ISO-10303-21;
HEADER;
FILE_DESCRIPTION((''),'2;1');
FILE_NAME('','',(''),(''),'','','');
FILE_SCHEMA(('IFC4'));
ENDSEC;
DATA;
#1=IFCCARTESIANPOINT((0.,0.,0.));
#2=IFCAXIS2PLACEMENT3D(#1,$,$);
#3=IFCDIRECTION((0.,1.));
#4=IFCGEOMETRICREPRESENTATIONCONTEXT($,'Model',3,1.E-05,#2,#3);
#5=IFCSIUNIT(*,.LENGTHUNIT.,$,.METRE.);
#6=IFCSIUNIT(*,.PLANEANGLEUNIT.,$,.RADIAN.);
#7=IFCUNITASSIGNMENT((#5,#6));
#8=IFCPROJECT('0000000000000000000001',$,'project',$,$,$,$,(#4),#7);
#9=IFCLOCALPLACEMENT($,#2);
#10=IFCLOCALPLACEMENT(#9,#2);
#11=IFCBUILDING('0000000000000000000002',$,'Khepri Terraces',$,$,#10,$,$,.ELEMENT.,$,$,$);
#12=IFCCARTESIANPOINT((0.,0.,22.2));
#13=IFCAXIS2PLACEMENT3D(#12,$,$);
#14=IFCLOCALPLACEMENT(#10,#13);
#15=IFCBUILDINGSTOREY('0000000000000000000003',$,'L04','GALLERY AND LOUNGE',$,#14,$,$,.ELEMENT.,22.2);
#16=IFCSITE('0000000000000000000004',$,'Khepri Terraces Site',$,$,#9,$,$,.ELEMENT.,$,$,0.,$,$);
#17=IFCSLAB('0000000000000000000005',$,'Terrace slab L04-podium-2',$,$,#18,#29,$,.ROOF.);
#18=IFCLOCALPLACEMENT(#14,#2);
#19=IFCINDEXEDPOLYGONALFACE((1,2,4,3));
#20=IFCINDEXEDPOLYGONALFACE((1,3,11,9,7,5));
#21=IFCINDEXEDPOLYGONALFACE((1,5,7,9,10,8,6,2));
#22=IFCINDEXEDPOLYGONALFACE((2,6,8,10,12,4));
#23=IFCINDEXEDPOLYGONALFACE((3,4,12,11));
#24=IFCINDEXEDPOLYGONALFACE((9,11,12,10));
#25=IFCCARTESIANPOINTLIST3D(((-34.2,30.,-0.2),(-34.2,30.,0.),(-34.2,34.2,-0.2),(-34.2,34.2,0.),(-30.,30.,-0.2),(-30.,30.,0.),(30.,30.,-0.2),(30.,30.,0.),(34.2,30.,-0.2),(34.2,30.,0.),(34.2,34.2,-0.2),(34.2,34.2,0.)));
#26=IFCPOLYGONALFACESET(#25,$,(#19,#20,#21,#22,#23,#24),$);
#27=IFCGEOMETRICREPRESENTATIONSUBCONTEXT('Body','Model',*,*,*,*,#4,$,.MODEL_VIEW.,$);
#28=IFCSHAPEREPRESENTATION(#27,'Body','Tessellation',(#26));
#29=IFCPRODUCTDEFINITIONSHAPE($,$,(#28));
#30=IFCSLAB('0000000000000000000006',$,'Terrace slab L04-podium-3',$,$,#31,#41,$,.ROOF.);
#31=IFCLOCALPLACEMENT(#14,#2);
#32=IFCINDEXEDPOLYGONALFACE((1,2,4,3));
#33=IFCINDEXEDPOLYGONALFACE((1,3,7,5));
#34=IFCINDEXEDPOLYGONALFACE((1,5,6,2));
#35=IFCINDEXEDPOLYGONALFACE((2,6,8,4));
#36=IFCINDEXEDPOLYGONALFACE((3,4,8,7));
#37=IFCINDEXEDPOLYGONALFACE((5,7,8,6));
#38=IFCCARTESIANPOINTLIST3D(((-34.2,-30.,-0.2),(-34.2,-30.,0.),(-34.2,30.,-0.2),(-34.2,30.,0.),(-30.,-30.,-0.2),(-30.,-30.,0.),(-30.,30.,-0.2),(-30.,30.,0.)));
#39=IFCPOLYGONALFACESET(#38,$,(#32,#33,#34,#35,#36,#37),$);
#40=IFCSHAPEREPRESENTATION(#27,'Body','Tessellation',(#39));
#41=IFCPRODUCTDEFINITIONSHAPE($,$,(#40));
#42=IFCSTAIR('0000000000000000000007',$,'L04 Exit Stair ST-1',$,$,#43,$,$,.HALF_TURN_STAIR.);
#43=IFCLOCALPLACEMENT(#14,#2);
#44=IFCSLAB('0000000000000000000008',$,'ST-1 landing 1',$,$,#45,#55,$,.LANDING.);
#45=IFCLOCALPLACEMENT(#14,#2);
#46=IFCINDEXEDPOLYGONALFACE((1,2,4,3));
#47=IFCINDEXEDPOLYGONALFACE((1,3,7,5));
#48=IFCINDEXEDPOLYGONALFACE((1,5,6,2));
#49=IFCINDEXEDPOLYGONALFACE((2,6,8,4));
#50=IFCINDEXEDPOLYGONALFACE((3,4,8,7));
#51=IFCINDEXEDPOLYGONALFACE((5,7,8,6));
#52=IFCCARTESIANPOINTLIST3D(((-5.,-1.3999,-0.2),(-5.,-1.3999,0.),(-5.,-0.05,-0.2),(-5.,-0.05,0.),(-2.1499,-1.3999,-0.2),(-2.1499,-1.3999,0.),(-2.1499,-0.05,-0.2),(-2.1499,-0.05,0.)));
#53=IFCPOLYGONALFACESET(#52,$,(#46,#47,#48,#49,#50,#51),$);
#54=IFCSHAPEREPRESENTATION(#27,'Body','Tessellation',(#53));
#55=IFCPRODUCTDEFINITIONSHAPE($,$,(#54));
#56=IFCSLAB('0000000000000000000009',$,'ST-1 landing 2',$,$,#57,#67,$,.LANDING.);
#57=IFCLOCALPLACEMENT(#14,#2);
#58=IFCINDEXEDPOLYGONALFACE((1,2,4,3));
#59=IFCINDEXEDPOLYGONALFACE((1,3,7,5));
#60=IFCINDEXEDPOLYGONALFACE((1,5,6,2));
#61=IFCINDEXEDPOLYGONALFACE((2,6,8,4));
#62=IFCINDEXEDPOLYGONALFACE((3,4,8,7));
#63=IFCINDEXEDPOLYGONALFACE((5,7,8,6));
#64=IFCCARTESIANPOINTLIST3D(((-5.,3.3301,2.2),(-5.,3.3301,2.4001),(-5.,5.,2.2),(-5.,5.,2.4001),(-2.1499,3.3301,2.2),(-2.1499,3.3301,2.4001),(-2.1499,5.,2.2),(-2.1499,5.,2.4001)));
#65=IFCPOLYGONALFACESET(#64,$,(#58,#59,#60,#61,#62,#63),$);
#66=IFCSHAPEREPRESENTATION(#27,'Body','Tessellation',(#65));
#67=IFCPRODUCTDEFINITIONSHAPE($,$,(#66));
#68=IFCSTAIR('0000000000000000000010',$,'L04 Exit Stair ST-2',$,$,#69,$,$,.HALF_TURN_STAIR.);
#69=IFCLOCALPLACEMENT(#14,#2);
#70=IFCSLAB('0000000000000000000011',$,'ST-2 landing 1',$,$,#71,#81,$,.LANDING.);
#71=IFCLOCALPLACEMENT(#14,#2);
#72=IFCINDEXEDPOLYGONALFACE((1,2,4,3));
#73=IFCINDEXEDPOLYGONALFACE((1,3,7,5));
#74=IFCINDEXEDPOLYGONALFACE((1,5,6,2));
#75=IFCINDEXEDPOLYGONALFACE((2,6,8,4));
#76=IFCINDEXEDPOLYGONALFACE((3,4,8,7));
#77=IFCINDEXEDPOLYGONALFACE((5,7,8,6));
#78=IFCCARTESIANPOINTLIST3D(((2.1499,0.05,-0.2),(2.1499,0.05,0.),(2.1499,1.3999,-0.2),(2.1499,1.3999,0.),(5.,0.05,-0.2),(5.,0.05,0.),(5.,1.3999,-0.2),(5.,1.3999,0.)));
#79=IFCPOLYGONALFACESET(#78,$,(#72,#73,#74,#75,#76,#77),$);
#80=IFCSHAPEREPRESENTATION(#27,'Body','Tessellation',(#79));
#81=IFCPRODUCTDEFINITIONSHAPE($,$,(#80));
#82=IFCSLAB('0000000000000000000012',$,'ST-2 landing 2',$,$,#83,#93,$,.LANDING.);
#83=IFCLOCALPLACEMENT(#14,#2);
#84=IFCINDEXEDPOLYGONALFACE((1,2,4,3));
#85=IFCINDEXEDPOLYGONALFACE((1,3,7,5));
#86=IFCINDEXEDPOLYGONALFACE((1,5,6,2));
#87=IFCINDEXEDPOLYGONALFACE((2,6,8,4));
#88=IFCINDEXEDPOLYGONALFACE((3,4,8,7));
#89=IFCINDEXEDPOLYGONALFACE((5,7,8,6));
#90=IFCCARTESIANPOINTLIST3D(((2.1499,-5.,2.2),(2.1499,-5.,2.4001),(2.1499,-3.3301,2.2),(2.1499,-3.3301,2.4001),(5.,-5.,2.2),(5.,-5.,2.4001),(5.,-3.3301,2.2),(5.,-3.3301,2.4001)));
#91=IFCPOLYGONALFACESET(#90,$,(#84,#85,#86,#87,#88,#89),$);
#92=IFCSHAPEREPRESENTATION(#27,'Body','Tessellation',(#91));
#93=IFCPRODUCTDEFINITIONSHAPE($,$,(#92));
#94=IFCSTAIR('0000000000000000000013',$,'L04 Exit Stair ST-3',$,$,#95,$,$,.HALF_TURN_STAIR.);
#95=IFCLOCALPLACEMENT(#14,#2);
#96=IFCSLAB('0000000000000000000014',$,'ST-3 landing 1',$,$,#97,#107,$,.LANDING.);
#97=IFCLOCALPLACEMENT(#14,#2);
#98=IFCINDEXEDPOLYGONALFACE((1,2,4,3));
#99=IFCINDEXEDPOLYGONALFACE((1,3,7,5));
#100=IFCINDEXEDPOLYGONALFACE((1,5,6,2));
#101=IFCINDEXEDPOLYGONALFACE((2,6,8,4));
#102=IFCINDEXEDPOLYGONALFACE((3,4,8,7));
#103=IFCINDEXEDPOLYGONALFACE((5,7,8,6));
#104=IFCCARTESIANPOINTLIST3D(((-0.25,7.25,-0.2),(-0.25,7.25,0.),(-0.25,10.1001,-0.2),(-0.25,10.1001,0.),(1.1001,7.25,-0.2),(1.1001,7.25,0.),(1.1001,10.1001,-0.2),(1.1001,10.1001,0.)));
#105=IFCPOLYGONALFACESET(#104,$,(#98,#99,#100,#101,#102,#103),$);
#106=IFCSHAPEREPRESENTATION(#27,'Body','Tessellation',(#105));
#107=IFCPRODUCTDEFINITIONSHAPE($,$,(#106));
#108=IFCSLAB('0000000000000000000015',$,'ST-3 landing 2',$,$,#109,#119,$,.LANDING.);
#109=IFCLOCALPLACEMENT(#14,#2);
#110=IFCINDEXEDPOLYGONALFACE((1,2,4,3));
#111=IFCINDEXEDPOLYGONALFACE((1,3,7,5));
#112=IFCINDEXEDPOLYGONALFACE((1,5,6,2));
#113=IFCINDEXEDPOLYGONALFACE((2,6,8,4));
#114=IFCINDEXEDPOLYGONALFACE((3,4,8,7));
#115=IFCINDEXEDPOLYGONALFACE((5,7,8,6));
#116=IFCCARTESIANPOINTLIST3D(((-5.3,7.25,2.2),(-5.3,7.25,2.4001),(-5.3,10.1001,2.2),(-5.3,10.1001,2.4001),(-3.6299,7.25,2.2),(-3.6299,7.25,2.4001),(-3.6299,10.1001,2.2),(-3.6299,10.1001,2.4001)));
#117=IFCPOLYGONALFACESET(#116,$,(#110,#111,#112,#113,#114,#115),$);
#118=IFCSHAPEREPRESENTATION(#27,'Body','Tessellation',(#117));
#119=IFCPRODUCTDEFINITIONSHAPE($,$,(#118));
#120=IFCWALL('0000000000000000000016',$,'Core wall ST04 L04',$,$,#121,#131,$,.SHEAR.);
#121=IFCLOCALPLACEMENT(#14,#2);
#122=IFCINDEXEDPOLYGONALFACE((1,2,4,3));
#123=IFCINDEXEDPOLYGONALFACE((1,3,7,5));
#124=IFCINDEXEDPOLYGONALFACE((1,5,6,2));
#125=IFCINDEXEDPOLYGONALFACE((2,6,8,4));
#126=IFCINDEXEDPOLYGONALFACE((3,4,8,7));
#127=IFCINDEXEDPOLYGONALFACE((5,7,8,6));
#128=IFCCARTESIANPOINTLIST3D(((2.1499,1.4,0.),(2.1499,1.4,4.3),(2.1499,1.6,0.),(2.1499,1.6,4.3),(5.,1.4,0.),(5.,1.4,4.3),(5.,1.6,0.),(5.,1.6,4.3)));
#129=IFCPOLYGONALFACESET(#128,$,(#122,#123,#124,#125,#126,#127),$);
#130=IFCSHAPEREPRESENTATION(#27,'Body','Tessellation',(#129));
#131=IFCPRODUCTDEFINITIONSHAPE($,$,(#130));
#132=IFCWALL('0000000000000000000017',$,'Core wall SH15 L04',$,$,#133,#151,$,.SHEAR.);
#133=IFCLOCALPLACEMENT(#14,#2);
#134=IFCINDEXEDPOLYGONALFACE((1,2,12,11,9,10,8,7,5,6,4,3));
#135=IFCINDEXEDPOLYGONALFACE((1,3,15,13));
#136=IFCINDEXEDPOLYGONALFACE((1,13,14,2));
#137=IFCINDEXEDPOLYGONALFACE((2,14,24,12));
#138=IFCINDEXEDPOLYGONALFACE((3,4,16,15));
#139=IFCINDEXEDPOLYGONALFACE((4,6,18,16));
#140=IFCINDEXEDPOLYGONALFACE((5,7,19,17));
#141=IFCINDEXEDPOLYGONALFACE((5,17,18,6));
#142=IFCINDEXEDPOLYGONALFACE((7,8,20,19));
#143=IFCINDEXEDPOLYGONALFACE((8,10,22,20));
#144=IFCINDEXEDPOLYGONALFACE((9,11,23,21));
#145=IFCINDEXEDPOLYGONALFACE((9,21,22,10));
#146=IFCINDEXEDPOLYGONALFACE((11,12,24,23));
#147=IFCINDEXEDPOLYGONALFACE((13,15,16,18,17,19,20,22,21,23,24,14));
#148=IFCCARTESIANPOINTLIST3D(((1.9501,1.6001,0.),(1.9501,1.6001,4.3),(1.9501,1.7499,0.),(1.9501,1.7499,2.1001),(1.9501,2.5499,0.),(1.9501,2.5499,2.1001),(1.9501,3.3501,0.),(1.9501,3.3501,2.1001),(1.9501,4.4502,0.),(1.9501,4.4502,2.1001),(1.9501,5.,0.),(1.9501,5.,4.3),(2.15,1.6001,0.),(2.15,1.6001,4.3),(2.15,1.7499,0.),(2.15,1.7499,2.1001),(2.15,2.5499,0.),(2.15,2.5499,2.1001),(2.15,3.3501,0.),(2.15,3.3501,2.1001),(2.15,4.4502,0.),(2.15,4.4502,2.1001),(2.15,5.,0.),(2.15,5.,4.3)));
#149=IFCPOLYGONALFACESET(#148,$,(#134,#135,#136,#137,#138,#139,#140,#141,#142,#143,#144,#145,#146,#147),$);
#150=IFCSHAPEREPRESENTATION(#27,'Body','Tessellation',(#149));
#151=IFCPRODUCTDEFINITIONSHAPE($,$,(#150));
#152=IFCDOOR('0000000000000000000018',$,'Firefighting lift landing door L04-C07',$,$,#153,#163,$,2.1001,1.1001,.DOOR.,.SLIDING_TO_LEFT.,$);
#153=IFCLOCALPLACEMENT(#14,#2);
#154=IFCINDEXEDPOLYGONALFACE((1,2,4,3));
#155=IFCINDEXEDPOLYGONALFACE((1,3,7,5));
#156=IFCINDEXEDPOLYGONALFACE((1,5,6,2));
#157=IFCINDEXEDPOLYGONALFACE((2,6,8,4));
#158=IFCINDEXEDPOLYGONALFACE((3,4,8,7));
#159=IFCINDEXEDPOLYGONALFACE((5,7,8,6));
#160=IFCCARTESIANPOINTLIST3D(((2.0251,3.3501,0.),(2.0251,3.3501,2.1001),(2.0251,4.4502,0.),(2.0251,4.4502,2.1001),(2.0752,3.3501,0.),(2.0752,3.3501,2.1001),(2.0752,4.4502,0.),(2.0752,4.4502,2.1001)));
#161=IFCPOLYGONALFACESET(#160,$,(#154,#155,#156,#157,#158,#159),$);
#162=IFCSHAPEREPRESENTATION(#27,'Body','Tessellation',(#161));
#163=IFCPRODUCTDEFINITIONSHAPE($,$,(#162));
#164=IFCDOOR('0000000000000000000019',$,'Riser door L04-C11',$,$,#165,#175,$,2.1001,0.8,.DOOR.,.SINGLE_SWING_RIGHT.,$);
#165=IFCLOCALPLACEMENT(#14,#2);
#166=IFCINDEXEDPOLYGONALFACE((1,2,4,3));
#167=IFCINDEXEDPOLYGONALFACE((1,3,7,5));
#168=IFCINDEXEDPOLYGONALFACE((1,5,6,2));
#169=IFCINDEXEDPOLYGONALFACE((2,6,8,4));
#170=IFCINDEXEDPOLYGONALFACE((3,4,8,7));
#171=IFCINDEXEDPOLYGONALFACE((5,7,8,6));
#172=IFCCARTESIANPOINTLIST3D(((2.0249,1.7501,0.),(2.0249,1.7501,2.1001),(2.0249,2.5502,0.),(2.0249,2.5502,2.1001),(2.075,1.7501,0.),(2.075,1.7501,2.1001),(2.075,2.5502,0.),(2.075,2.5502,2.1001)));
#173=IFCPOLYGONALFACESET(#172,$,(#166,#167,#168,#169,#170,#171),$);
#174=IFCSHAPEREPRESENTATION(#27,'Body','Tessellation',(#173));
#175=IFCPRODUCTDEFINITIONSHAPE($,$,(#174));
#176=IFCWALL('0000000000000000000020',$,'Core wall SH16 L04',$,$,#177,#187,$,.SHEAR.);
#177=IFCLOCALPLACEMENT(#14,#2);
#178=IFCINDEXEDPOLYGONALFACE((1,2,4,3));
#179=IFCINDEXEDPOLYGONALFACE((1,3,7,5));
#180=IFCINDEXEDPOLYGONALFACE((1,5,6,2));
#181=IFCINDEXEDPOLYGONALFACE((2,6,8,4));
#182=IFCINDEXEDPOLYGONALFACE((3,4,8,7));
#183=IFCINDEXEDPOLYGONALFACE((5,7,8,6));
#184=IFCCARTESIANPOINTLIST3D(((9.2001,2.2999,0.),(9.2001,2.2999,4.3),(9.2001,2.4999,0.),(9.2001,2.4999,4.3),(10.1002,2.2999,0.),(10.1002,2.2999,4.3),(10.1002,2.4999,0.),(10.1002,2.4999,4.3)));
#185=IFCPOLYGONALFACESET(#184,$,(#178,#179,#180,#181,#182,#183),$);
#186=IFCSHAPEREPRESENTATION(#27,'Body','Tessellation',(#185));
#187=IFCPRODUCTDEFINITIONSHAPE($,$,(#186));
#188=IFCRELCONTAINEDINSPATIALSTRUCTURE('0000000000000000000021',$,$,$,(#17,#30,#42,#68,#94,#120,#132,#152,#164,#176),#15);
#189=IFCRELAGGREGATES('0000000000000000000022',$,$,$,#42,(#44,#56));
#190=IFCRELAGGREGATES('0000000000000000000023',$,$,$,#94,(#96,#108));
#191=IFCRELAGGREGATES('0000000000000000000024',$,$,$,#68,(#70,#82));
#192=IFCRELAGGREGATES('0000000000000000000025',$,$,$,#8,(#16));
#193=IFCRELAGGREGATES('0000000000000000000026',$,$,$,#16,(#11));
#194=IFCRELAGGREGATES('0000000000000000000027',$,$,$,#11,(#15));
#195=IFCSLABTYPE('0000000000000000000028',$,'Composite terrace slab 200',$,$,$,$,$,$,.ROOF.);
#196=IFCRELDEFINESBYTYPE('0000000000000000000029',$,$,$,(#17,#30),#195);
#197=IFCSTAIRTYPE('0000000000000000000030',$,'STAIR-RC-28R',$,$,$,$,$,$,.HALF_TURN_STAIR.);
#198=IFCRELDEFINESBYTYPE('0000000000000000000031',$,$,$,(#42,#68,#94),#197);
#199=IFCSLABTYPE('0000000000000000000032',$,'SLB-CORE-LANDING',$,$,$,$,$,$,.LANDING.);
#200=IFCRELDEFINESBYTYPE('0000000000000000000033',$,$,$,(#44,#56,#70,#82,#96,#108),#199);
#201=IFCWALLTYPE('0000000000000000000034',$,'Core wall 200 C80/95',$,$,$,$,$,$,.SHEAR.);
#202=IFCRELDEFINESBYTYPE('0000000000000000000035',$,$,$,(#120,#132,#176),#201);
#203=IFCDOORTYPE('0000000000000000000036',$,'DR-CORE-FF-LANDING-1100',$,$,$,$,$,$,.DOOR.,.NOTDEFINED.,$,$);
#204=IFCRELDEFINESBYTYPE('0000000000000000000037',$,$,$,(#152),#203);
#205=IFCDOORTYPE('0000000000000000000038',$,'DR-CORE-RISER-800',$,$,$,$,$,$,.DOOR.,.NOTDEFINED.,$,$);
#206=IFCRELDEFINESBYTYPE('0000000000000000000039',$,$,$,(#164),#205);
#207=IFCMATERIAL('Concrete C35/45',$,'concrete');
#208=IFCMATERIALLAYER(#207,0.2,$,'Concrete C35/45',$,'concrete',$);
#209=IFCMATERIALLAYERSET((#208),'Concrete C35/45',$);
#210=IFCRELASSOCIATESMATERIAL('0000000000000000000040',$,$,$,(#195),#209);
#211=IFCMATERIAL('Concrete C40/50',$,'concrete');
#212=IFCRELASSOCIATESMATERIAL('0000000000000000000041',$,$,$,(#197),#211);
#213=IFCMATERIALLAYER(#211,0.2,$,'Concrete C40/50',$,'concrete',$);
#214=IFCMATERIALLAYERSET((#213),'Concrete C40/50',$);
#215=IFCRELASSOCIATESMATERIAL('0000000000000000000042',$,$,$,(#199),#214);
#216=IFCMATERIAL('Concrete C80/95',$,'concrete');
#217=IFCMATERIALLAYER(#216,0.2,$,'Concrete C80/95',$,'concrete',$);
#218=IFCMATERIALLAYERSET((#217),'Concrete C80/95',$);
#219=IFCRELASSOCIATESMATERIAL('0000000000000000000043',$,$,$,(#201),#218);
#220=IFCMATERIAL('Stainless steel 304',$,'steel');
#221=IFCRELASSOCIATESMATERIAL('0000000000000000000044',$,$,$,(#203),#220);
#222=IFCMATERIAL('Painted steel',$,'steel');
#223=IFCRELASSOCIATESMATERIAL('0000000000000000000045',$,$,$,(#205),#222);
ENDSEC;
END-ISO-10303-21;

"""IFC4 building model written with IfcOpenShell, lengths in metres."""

from ifc_helpers import new_model, si_unit, direction, frame, frame_2d, origin, place, context, subcontext, project, spatial, polyline, rectangle, outline, extrude, material, layer, layer_set, type_object, element, fill, aggregate, save


model = new_model("IFC4")

# Units and contexts
model_context = context("Model", 3, precision=1e-05, world=origin(), true_north=direction((0.0, 1.0)))
body_context = subcontext(model_context, "Body", "Model", "MODEL_VIEW")
ifc_project = project(units=[si_unit("LENGTHUNIT", "METRE"), si_unit("PLANEANGLEUNIT", "RADIAN")], contexts=[model_context])

# Site, building, storey
site_placement = place(None, origin())
site = spatial("IfcSite", under=ifc_project, at=site_placement, Name="Khepri Terraces Site", CompositionType="ELEMENT", RefElevation=0.0)
building_placement = place(site_placement, origin())
building = spatial("IfcBuilding", under=site, at=building_placement, Name="Khepri Terraces", CompositionType="ELEMENT")
storey_placement = place(building_placement, frame((0.0, 0.0, 22.2)))
storey = spatial("IfcBuildingStorey", under=building, at=storey_placement, Name="L04", Description="GALLERY AND LOUNGE", CompositionType="ELEMENT", Elevation=22.2)

# Slabs
ifc_material_1 = material(Name="Concrete C35/45", Category="concrete")
ifc_layer_1 = layer(ifc_material_1, 0.2, Name="Concrete C35/45", Category="concrete")
ifc_layer_set_1 = layer_set([ifc_layer_1], Name="Concrete C35/45")
slab_type_1 = type_object("IfcSlabType", Name="Composite terrace slab 200", PredefinedType="ROOF", material=ifc_layer_set_1)
slab_1_placement = place(storey_placement, frame((0.0, 0.0, -0.2)))
element("IfcSlab", 1, at=slab_1_placement, inside=storey, type_object=slab_type_1, Name="Terrace slab L04-podium-2", PredefinedType="ROOF", context=body_context, shape_type="SweptSolid", body=[
    extrude(outline(polyline([(34.2, 34.2), (34.2, 30.0), (30.0, 30.0), (-30.0, 30.0), (-34.2, 30.0), (-34.2, 34.2), (34.2, 34.2)])), origin(), (0.0, 0.0, 1.0), 0.2),
])
slab_2_placement = place(storey_placement, frame((0.0, 0.0, -0.2)))
element("IfcSlab", 2, at=slab_2_placement, inside=storey, type_object=slab_type_1, Name="Terrace slab L04-podium-3", PredefinedType="ROOF", context=body_context, shape_type="SweptSolid", body=[
    extrude(outline(polyline([(-34.2, 30.0), (-30.0, 30.0), (-30.0, -30.0), (-34.2, -30.0), (-34.2, 30.0)])), origin(), (0.0, 0.0, 1.0), 0.2),
])

# Stairs, slabs
ifc_material_2 = material(Name="Concrete C40/50", Category="concrete")
stair_type = type_object("IfcStairType", Name="STAIR-RC-28R", PredefinedType="HALF_TURN_STAIR", material=ifc_material_2)
stair_1_placement = place(storey_placement, origin())
stair_1 = element("IfcStair", 3, at=stair_1_placement, inside=storey, type_object=stair_type, Name="L04 Exit Stair ST-1", PredefinedType="HALF_TURN_STAIR")
ifc_layer_2 = layer(ifc_material_2, 0.2, Name="Concrete C40/50", Category="concrete")
ifc_layer_set_2 = layer_set([ifc_layer_2], Name="Concrete C40/50")
slab_type_2 = type_object("IfcSlabType", Name="SLB-CORE-LANDING", PredefinedType="LANDING", material=ifc_layer_set_2)
slab_3_placement = place(storey_placement, frame((0.0, 0.0, -0.2)))
slab_3 = element("IfcSlab", 4, at=slab_3_placement, type_object=slab_type_2, Name="ST-1 landing 1", PredefinedType="LANDING", context=body_context, shape_type="SweptSolid", body=[
    extrude(outline(polyline([(-2.1499, -1.3999), (-2.1499, -0.05), (-5.0, -0.05), (-5.0, -1.3999), (-2.1499, -1.3999)])), origin(), (0.0, 0.0, 1.0), 0.2),
])
slab_4_placement = place(storey_placement, frame((0.0, 0.0, 2.2)))
slab_4 = element("IfcSlab", 5, at=slab_4_placement, type_object=slab_type_2, Name="ST-1 landing 2", PredefinedType="LANDING", context=body_context, shape_type="SweptSolid", body=[
    extrude(outline(polyline([(-2.1499, 3.3301), (-2.1499, 5.0), (-5.0, 5.0), (-5.0, 3.3301), (-2.1499, 3.3301)])), origin(), (0.0, 0.0, 1.0), 0.2002),
])
aggregate(stair_1, [slab_3, slab_4])
stair_2_placement = place(storey_placement, origin())
stair_2 = element("IfcStair", 6, at=stair_2_placement, inside=storey, type_object=stair_type, Name="L04 Exit Stair ST-2", PredefinedType="HALF_TURN_STAIR")
slab_5_placement = place(storey_placement, frame((0.0, 0.0, -0.2)))
slab_5 = element("IfcSlab", 7, at=slab_5_placement, type_object=slab_type_2, Name="ST-2 landing 1", PredefinedType="LANDING", context=body_context, shape_type="SweptSolid", body=[
    extrude(outline(polyline([(2.1499, 1.3999), (2.1499, 0.05), (5.0, 0.05), (5.0, 1.3999), (2.1499, 1.3999)])), origin(), (0.0, 0.0, 1.0), 0.2),
])
slab_6_placement = place(storey_placement, frame((0.0, 0.0, 2.2)))
slab_6 = element("IfcSlab", 8, at=slab_6_placement, type_object=slab_type_2, Name="ST-2 landing 2", PredefinedType="LANDING", context=body_context, shape_type="SweptSolid", body=[
    extrude(outline(polyline([(2.1499, -3.3301), (2.1499, -5.0), (5.0, -5.0), (5.0, -3.3301), (2.1499, -3.3301)])), origin(), (0.0, 0.0, 1.0), 0.2002),
])
stair_3_placement = place(storey_placement, origin())
stair_3 = element("IfcStair", 9, at=stair_3_placement, inside=storey, type_object=stair_type, Name="L04 Exit Stair ST-3", PredefinedType="HALF_TURN_STAIR")
slab_7_placement = place(storey_placement, frame((0.0, 0.0, -0.2)))
slab_7 = element("IfcSlab", 10, at=slab_7_placement, type_object=slab_type_2, Name="ST-3 landing 1", PredefinedType="LANDING", context=body_context, shape_type="SweptSolid", body=[
    extrude(outline(polyline([(1.1001, 10.1001), (-0.25, 10.1001), (-0.25, 7.25), (1.1001, 7.25), (1.1001, 10.1001)])), origin(), (0.0, 0.0, 1.0), 0.2),
])
slab_8_placement = place(storey_placement, frame((0.0, 0.0, 2.2)))
slab_8 = element("IfcSlab", 11, at=slab_8_placement, type_object=slab_type_2, Name="ST-3 landing 2", PredefinedType="LANDING", context=body_context, shape_type="SweptSolid", body=[
    extrude(outline(polyline([(-3.6299, 10.1001), (-5.3, 10.1001), (-5.3, 7.25), (-3.6299, 7.25), (-3.6299, 10.1001)])), origin(), (0.0, 0.0, 1.0), 0.2002),
])
aggregate(stair_3, [slab_7, slab_8])

# Wall
ifc_material_3 = material(Name="Concrete C80/95", Category="concrete")
ifc_layer_3 = layer(ifc_material_3, 0.2, Name="Concrete C80/95", Category="concrete")
ifc_layer_set_3 = layer_set([ifc_layer_3], Name="Concrete C80/95")
wall_type_1 = type_object("IfcWallType", Name="Core wall 200 C80/95", PredefinedType="SHEAR", material=ifc_layer_set_3)
wall_1_placement = place(storey_placement, frame((2.1499, 1.5, 0.0), z_axis=(0.0, 0.0, 1.0), x_axis=(1.0, 0.0, 0.0)))
element("IfcWall", 12, at=wall_1_placement, inside=storey, type_object=wall_type_1, Name="Core wall ST04 L04", PredefinedType="SHEAR", context=body_context, shape_type="SweptSolid", body=[
    extrude(rectangle(XDim=2.8501, YDim=0.2, at=frame_2d((1.425, 0.0))), origin(), (0.0, 0.0, 1.0), 4.3),
])

# Wall, openings, doors
wall_2_placement = place(storey_placement, frame((2.05, 1.6001, 0.0), z_axis=(0.0, 0.0, 1.0), x_axis=(0.0, 1.0, 0.0)))
wall_2 = element("IfcWall", 13, at=wall_2_placement, inside=storey, type_object=wall_type_1, Name="Core wall SH15 L04", PredefinedType="SHEAR", context=body_context, shape_type="SweptSolid", body=[
    extrude(rectangle(XDim=3.3999, YDim=0.2, at=frame_2d((1.7, 0.0))), origin(), (0.0, 0.0, 1.0), 4.3),
])
opening_1_placement = place(wall_2_placement, frame((1.75, 0.0, 0.0)))
opening_1 = element("IfcOpeningElement", 14, at=opening_1_placement, cuts=wall_2, PredefinedType="OPENING", context=body_context, shape_type="SweptSolid", body=[
    extrude(rectangle(XDim=1.1001, YDim=2.1001, at=frame_2d((0.55, 1.05))), frame((0.0, 0.1099, 0.0), z_axis=(0.0, -1.0, 0.0), x_axis=(1.0, 0.0, 0.0)), (0.0, 0.0, 1.0), 0.22),
])
opening_2_placement = place(wall_2_placement, frame((0.1499, 0.0, 0.0)))
opening_2 = element("IfcOpeningElement", 15, at=opening_2_placement, cuts=wall_2, PredefinedType="OPENING", context=body_context, shape_type="SweptSolid", body=[
    extrude(rectangle(XDim=0.8, YDim=2.1001, at=frame_2d((0.3999, 1.05))), frame((0.0, 0.1099, 0.0), z_axis=(0.0, -1.0, 0.0), x_axis=(1.0, 0.0, 0.0)), (0.0, 0.0, 1.0), 0.22),
])
ifc_material_4 = material(Name="Stainless steel 304", Category="steel")
door_type_1 = type_object("IfcDoorType", Name="DR-CORE-FF-LANDING-1100", OperationType="NOTDEFINED", PredefinedType="DOOR", material=ifc_material_4)
door_1_placement = place(opening_1_placement, origin())
door_1 = element("IfcDoor", 16, at=door_1_placement, inside=storey, type_object=door_type_1, Name="Firefighting lift landing door L04-C07", OperationType="SLIDING_TO_LEFT", OverallHeight=2.1001, OverallWidth=1.1001, PredefinedType="DOOR", context=body_context, shape_type="SweptSolid", body=[
    extrude(rectangle(XDim=1.1001, YDim=2.1001, at=frame_2d((0.55, 1.05))), frame((0.0, 0.0249, 0.0), z_axis=(0.0, -1.0, 0.0), x_axis=(1.0, 0.0, 0.0)), (0.0, 0.0, 1.0), 0.05),
])
fill(opening_1, door_1)
ifc_material_5 = material(Name="Painted steel", Category="steel")
door_type_2 = type_object("IfcDoorType", Name="DR-CORE-RISER-800", OperationType="NOTDEFINED", PredefinedType="DOOR", material=ifc_material_5)
door_2_placement = place(opening_2_placement, frame((0.8, 0.0, 0.0), z_axis=(0.0, 0.0, 1.0), x_axis=(-1.0, 0.0, 0.0)))
door_2 = element("IfcDoor", 17, at=door_2_placement, inside=storey, type_object=door_type_2, Name="Riser door L04-C11", OperationType="SINGLE_SWING_RIGHT", OverallHeight=2.1001, OverallWidth=0.8, PredefinedType="DOOR", context=body_context, shape_type="SweptSolid", body=[
    extrude(rectangle(XDim=0.8, YDim=2.1001, at=frame_2d((0.3999, 1.05))), frame((0.0, 0.0249, 0.0), z_axis=(0.0, -1.0, 0.0), x_axis=(1.0, 0.0, 0.0)), (0.0, 0.0, 1.0), 0.05),
])
fill(opening_2, door_2)

# Wall
wall_3_placement = place(storey_placement, frame((9.2, 2.3999, 0.0), z_axis=(0.0, 0.0, 1.0), x_axis=(1.0, 0.0, 0.0)))
element("IfcWall", 18, at=wall_3_placement, inside=storey, type_object=wall_type_1, Name="Core wall SH16 L04", PredefinedType="SHEAR", context=body_context, shape_type="SweptSolid", body=[
    extrude(rectangle(XDim=0.9001, YDim=0.2, at=frame_2d((0.4502, 0.0))), origin(), (0.0, 0.0, 1.0), 4.3),
])

aggregate(stair_2, [slab_5, slab_6])

save(model, "model.ifc")
